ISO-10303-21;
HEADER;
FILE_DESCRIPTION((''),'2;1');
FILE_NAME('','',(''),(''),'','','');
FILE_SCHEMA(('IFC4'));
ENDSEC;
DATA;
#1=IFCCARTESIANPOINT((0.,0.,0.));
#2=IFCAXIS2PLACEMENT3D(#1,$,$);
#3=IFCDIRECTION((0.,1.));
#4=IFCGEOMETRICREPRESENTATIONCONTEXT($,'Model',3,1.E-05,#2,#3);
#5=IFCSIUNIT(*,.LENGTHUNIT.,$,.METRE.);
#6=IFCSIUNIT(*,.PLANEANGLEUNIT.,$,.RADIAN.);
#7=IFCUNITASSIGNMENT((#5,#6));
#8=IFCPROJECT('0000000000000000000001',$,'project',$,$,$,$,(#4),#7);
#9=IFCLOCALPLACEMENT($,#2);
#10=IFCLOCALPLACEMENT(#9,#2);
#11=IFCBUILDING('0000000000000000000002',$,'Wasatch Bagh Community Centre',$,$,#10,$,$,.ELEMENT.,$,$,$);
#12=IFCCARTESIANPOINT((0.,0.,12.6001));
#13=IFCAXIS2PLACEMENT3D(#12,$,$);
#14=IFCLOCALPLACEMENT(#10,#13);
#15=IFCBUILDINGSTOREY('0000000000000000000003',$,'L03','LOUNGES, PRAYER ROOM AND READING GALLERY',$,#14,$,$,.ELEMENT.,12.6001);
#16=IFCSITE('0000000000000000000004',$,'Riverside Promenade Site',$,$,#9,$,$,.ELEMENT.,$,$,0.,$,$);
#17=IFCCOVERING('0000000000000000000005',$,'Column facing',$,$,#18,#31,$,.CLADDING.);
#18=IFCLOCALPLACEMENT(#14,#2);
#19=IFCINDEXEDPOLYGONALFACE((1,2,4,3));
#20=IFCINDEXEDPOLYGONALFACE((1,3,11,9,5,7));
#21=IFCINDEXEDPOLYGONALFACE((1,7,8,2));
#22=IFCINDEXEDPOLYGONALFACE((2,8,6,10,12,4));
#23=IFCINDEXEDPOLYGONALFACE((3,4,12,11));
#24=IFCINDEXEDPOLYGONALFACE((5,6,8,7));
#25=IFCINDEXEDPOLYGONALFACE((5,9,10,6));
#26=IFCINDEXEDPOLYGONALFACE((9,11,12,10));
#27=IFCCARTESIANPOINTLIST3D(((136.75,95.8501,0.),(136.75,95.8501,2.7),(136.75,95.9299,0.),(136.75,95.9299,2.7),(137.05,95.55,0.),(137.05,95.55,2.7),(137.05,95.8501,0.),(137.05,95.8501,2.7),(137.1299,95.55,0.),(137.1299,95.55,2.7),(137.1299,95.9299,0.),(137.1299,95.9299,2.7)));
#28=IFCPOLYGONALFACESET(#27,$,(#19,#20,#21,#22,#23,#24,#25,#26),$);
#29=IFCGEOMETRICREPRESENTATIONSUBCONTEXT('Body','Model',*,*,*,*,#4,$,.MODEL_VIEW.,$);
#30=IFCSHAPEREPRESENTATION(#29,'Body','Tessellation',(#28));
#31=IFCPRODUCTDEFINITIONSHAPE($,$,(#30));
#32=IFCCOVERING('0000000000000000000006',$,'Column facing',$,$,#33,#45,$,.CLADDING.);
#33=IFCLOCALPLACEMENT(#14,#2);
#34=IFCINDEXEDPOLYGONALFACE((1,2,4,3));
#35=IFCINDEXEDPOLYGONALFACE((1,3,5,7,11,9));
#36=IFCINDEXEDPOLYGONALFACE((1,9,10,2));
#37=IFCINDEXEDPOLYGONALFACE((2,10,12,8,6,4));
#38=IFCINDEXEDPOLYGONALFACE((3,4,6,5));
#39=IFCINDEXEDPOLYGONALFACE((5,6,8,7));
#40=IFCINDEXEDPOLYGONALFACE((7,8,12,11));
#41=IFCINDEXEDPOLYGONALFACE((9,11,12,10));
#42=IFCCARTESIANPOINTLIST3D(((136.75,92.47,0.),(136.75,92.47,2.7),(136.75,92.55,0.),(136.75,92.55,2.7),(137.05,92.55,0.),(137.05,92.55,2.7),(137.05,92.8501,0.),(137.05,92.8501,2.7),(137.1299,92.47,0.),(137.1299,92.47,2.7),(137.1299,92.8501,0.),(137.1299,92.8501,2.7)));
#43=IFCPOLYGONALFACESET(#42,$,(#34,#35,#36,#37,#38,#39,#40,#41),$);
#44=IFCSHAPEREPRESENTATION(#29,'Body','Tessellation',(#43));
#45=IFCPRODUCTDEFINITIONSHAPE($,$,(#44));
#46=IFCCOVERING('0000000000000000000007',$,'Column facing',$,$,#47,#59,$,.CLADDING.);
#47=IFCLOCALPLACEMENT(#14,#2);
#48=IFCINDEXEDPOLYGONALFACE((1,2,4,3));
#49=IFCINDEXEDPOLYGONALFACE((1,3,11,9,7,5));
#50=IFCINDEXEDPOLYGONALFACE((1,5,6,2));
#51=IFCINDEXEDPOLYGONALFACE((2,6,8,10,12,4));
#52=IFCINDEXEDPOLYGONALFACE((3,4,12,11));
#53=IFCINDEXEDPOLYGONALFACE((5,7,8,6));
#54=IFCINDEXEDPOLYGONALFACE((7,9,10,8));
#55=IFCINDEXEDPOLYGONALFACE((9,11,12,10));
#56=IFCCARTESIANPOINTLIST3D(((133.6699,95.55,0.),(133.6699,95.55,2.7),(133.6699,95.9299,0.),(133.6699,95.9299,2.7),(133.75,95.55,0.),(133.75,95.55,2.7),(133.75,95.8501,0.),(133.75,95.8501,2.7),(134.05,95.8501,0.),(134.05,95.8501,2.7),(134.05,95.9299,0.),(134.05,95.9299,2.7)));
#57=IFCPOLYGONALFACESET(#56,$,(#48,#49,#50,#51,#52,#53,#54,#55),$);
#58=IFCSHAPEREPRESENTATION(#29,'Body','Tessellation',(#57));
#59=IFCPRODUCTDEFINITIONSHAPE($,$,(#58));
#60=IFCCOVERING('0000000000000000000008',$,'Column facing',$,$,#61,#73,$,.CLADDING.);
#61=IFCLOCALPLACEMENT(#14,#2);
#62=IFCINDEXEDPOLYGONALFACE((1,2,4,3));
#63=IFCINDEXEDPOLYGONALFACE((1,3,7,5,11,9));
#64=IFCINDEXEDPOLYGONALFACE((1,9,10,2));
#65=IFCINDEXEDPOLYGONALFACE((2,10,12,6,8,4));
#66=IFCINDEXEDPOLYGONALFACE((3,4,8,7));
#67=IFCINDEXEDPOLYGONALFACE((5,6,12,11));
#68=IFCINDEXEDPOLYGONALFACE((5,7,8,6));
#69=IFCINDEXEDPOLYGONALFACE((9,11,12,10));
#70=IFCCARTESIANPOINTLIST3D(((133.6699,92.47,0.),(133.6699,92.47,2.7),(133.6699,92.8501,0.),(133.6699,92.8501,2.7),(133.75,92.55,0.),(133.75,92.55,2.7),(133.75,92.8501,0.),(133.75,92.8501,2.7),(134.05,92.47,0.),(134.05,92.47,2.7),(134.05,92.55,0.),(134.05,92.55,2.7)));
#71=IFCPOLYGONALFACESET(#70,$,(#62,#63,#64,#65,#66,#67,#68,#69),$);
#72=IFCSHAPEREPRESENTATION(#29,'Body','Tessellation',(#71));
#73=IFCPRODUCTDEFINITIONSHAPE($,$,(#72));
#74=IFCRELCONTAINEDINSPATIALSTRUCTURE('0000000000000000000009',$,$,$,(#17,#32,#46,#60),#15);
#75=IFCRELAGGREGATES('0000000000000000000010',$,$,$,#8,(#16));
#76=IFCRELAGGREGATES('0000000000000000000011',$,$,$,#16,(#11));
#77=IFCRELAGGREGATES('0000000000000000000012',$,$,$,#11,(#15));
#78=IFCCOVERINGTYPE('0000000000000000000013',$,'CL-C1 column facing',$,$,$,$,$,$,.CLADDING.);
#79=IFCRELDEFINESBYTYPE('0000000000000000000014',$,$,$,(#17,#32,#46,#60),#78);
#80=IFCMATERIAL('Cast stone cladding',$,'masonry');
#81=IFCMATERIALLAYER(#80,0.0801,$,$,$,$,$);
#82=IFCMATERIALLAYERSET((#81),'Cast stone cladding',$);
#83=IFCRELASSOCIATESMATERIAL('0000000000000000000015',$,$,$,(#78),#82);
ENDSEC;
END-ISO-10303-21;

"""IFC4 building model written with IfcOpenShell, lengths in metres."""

from ifc_helpers import new_model, si_unit, direction, frame, origin, place, context, subcontext, project, spatial, polyline, outline, extrude, material, layer, layer_set, type_object, element, save


model = new_model("IFC4")

# Units and contexts
model_context = context("Model", 3, precision=1e-05, world=origin(), true_north=direction((0.0, 1.0)))
body_context = subcontext(model_context, "Body", "Model", "MODEL_VIEW")
ifc_project = project(units=[si_unit("LENGTHUNIT", "METRE"), si_unit("PLANEANGLEUNIT", "RADIAN")], contexts=[model_context])

# Site, building, storey
site_placement = place(None, origin())
site = spatial("IfcSite", under=ifc_project, at=site_placement, Name="Riverside Promenade Site", CompositionType="ELEMENT", RefElevation=0.0)
building_placement = place(site_placement, origin())
building = spatial("IfcBuilding", under=site, at=building_placement, Name="Wasatch Bagh Community Centre", CompositionType="ELEMENT")
storey_placement = place(building_placement, frame((0.0, 0.0, 12.6001)))
storey = spatial("IfcBuildingStorey", under=building, at=storey_placement, Name="L03", Description="LOUNGES, PRAYER ROOM AND READING GALLERY", CompositionType="ELEMENT", Elevation=12.6001)

# Coverings
ifc_material_1 = material(Name="Cast stone cladding", Category="masonry")
ifc_layer_1 = layer(ifc_material_1, 0.0801)
ifc_layer_set_1 = layer_set([ifc_layer_1], Name="Cast stone cladding")
covering_type = type_object("IfcCoveringType", Name="CL-C1 column facing", PredefinedType="CLADDING", material=ifc_layer_set_1)
covering_1_placement = place(storey_placement, origin())
element("IfcCovering", 1, at=covering_1_placement, inside=storey, type_object=covering_type, Name="Column facing", PredefinedType="CLADDING", context=body_context, shape_type="SweptSolid", body=[
    extrude(outline(polyline([(137.05, 95.8501), (136.75, 95.8501), (136.75, 95.9299), (137.1299, 95.9299), (137.1299, 95.55), (137.05, 95.55), (137.05, 95.8501)])), origin(), (0.0, 0.0, 1.0), 2.7),
])
covering_2_placement = place(storey_placement, origin())
element("IfcCovering", 2, at=covering_2_placement, inside=storey, type_object=covering_type, Name="Column facing", PredefinedType="CLADDING", context=body_context, shape_type="SweptSolid", body=[
    extrude(outline(polyline([(137.05, 92.55), (137.05, 92.8501), (137.1299, 92.8501), (137.1299, 92.47), (136.75, 92.47), (136.75, 92.55), (137.05, 92.55)])), origin(), (0.0, 0.0, 1.0), 2.7),
])
covering_3_placement = place(storey_placement, origin())
element("IfcCovering", 3, at=covering_3_placement, inside=storey, type_object=covering_type, Name="Column facing", PredefinedType="CLADDING", context=body_context, shape_type="SweptSolid", body=[
    extrude(outline(polyline([(133.75, 95.55), (133.6699, 95.55), (133.6699, 95.9299), (134.05, 95.9299), (134.05, 95.8501), (133.75, 95.8501), (133.75, 95.55)])), origin(), (0.0, 0.0, 1.0), 2.7),
])
covering_4_placement = place(storey_placement, origin())
element("IfcCovering", 4, at=covering_4_placement, inside=storey, type_object=covering_type, Name="Column facing", PredefinedType="CLADDING", context=body_context, shape_type="SweptSolid", body=[
    extrude(outline(polyline([(133.6699, 92.47), (133.6699, 92.8501), (133.75, 92.8501), (133.75, 92.55), (134.05, 92.55), (134.05, 92.47), (133.6699, 92.47)])), origin(), (0.0, 0.0, 1.0), 2.7),
])

save(model, "model.ifc")
